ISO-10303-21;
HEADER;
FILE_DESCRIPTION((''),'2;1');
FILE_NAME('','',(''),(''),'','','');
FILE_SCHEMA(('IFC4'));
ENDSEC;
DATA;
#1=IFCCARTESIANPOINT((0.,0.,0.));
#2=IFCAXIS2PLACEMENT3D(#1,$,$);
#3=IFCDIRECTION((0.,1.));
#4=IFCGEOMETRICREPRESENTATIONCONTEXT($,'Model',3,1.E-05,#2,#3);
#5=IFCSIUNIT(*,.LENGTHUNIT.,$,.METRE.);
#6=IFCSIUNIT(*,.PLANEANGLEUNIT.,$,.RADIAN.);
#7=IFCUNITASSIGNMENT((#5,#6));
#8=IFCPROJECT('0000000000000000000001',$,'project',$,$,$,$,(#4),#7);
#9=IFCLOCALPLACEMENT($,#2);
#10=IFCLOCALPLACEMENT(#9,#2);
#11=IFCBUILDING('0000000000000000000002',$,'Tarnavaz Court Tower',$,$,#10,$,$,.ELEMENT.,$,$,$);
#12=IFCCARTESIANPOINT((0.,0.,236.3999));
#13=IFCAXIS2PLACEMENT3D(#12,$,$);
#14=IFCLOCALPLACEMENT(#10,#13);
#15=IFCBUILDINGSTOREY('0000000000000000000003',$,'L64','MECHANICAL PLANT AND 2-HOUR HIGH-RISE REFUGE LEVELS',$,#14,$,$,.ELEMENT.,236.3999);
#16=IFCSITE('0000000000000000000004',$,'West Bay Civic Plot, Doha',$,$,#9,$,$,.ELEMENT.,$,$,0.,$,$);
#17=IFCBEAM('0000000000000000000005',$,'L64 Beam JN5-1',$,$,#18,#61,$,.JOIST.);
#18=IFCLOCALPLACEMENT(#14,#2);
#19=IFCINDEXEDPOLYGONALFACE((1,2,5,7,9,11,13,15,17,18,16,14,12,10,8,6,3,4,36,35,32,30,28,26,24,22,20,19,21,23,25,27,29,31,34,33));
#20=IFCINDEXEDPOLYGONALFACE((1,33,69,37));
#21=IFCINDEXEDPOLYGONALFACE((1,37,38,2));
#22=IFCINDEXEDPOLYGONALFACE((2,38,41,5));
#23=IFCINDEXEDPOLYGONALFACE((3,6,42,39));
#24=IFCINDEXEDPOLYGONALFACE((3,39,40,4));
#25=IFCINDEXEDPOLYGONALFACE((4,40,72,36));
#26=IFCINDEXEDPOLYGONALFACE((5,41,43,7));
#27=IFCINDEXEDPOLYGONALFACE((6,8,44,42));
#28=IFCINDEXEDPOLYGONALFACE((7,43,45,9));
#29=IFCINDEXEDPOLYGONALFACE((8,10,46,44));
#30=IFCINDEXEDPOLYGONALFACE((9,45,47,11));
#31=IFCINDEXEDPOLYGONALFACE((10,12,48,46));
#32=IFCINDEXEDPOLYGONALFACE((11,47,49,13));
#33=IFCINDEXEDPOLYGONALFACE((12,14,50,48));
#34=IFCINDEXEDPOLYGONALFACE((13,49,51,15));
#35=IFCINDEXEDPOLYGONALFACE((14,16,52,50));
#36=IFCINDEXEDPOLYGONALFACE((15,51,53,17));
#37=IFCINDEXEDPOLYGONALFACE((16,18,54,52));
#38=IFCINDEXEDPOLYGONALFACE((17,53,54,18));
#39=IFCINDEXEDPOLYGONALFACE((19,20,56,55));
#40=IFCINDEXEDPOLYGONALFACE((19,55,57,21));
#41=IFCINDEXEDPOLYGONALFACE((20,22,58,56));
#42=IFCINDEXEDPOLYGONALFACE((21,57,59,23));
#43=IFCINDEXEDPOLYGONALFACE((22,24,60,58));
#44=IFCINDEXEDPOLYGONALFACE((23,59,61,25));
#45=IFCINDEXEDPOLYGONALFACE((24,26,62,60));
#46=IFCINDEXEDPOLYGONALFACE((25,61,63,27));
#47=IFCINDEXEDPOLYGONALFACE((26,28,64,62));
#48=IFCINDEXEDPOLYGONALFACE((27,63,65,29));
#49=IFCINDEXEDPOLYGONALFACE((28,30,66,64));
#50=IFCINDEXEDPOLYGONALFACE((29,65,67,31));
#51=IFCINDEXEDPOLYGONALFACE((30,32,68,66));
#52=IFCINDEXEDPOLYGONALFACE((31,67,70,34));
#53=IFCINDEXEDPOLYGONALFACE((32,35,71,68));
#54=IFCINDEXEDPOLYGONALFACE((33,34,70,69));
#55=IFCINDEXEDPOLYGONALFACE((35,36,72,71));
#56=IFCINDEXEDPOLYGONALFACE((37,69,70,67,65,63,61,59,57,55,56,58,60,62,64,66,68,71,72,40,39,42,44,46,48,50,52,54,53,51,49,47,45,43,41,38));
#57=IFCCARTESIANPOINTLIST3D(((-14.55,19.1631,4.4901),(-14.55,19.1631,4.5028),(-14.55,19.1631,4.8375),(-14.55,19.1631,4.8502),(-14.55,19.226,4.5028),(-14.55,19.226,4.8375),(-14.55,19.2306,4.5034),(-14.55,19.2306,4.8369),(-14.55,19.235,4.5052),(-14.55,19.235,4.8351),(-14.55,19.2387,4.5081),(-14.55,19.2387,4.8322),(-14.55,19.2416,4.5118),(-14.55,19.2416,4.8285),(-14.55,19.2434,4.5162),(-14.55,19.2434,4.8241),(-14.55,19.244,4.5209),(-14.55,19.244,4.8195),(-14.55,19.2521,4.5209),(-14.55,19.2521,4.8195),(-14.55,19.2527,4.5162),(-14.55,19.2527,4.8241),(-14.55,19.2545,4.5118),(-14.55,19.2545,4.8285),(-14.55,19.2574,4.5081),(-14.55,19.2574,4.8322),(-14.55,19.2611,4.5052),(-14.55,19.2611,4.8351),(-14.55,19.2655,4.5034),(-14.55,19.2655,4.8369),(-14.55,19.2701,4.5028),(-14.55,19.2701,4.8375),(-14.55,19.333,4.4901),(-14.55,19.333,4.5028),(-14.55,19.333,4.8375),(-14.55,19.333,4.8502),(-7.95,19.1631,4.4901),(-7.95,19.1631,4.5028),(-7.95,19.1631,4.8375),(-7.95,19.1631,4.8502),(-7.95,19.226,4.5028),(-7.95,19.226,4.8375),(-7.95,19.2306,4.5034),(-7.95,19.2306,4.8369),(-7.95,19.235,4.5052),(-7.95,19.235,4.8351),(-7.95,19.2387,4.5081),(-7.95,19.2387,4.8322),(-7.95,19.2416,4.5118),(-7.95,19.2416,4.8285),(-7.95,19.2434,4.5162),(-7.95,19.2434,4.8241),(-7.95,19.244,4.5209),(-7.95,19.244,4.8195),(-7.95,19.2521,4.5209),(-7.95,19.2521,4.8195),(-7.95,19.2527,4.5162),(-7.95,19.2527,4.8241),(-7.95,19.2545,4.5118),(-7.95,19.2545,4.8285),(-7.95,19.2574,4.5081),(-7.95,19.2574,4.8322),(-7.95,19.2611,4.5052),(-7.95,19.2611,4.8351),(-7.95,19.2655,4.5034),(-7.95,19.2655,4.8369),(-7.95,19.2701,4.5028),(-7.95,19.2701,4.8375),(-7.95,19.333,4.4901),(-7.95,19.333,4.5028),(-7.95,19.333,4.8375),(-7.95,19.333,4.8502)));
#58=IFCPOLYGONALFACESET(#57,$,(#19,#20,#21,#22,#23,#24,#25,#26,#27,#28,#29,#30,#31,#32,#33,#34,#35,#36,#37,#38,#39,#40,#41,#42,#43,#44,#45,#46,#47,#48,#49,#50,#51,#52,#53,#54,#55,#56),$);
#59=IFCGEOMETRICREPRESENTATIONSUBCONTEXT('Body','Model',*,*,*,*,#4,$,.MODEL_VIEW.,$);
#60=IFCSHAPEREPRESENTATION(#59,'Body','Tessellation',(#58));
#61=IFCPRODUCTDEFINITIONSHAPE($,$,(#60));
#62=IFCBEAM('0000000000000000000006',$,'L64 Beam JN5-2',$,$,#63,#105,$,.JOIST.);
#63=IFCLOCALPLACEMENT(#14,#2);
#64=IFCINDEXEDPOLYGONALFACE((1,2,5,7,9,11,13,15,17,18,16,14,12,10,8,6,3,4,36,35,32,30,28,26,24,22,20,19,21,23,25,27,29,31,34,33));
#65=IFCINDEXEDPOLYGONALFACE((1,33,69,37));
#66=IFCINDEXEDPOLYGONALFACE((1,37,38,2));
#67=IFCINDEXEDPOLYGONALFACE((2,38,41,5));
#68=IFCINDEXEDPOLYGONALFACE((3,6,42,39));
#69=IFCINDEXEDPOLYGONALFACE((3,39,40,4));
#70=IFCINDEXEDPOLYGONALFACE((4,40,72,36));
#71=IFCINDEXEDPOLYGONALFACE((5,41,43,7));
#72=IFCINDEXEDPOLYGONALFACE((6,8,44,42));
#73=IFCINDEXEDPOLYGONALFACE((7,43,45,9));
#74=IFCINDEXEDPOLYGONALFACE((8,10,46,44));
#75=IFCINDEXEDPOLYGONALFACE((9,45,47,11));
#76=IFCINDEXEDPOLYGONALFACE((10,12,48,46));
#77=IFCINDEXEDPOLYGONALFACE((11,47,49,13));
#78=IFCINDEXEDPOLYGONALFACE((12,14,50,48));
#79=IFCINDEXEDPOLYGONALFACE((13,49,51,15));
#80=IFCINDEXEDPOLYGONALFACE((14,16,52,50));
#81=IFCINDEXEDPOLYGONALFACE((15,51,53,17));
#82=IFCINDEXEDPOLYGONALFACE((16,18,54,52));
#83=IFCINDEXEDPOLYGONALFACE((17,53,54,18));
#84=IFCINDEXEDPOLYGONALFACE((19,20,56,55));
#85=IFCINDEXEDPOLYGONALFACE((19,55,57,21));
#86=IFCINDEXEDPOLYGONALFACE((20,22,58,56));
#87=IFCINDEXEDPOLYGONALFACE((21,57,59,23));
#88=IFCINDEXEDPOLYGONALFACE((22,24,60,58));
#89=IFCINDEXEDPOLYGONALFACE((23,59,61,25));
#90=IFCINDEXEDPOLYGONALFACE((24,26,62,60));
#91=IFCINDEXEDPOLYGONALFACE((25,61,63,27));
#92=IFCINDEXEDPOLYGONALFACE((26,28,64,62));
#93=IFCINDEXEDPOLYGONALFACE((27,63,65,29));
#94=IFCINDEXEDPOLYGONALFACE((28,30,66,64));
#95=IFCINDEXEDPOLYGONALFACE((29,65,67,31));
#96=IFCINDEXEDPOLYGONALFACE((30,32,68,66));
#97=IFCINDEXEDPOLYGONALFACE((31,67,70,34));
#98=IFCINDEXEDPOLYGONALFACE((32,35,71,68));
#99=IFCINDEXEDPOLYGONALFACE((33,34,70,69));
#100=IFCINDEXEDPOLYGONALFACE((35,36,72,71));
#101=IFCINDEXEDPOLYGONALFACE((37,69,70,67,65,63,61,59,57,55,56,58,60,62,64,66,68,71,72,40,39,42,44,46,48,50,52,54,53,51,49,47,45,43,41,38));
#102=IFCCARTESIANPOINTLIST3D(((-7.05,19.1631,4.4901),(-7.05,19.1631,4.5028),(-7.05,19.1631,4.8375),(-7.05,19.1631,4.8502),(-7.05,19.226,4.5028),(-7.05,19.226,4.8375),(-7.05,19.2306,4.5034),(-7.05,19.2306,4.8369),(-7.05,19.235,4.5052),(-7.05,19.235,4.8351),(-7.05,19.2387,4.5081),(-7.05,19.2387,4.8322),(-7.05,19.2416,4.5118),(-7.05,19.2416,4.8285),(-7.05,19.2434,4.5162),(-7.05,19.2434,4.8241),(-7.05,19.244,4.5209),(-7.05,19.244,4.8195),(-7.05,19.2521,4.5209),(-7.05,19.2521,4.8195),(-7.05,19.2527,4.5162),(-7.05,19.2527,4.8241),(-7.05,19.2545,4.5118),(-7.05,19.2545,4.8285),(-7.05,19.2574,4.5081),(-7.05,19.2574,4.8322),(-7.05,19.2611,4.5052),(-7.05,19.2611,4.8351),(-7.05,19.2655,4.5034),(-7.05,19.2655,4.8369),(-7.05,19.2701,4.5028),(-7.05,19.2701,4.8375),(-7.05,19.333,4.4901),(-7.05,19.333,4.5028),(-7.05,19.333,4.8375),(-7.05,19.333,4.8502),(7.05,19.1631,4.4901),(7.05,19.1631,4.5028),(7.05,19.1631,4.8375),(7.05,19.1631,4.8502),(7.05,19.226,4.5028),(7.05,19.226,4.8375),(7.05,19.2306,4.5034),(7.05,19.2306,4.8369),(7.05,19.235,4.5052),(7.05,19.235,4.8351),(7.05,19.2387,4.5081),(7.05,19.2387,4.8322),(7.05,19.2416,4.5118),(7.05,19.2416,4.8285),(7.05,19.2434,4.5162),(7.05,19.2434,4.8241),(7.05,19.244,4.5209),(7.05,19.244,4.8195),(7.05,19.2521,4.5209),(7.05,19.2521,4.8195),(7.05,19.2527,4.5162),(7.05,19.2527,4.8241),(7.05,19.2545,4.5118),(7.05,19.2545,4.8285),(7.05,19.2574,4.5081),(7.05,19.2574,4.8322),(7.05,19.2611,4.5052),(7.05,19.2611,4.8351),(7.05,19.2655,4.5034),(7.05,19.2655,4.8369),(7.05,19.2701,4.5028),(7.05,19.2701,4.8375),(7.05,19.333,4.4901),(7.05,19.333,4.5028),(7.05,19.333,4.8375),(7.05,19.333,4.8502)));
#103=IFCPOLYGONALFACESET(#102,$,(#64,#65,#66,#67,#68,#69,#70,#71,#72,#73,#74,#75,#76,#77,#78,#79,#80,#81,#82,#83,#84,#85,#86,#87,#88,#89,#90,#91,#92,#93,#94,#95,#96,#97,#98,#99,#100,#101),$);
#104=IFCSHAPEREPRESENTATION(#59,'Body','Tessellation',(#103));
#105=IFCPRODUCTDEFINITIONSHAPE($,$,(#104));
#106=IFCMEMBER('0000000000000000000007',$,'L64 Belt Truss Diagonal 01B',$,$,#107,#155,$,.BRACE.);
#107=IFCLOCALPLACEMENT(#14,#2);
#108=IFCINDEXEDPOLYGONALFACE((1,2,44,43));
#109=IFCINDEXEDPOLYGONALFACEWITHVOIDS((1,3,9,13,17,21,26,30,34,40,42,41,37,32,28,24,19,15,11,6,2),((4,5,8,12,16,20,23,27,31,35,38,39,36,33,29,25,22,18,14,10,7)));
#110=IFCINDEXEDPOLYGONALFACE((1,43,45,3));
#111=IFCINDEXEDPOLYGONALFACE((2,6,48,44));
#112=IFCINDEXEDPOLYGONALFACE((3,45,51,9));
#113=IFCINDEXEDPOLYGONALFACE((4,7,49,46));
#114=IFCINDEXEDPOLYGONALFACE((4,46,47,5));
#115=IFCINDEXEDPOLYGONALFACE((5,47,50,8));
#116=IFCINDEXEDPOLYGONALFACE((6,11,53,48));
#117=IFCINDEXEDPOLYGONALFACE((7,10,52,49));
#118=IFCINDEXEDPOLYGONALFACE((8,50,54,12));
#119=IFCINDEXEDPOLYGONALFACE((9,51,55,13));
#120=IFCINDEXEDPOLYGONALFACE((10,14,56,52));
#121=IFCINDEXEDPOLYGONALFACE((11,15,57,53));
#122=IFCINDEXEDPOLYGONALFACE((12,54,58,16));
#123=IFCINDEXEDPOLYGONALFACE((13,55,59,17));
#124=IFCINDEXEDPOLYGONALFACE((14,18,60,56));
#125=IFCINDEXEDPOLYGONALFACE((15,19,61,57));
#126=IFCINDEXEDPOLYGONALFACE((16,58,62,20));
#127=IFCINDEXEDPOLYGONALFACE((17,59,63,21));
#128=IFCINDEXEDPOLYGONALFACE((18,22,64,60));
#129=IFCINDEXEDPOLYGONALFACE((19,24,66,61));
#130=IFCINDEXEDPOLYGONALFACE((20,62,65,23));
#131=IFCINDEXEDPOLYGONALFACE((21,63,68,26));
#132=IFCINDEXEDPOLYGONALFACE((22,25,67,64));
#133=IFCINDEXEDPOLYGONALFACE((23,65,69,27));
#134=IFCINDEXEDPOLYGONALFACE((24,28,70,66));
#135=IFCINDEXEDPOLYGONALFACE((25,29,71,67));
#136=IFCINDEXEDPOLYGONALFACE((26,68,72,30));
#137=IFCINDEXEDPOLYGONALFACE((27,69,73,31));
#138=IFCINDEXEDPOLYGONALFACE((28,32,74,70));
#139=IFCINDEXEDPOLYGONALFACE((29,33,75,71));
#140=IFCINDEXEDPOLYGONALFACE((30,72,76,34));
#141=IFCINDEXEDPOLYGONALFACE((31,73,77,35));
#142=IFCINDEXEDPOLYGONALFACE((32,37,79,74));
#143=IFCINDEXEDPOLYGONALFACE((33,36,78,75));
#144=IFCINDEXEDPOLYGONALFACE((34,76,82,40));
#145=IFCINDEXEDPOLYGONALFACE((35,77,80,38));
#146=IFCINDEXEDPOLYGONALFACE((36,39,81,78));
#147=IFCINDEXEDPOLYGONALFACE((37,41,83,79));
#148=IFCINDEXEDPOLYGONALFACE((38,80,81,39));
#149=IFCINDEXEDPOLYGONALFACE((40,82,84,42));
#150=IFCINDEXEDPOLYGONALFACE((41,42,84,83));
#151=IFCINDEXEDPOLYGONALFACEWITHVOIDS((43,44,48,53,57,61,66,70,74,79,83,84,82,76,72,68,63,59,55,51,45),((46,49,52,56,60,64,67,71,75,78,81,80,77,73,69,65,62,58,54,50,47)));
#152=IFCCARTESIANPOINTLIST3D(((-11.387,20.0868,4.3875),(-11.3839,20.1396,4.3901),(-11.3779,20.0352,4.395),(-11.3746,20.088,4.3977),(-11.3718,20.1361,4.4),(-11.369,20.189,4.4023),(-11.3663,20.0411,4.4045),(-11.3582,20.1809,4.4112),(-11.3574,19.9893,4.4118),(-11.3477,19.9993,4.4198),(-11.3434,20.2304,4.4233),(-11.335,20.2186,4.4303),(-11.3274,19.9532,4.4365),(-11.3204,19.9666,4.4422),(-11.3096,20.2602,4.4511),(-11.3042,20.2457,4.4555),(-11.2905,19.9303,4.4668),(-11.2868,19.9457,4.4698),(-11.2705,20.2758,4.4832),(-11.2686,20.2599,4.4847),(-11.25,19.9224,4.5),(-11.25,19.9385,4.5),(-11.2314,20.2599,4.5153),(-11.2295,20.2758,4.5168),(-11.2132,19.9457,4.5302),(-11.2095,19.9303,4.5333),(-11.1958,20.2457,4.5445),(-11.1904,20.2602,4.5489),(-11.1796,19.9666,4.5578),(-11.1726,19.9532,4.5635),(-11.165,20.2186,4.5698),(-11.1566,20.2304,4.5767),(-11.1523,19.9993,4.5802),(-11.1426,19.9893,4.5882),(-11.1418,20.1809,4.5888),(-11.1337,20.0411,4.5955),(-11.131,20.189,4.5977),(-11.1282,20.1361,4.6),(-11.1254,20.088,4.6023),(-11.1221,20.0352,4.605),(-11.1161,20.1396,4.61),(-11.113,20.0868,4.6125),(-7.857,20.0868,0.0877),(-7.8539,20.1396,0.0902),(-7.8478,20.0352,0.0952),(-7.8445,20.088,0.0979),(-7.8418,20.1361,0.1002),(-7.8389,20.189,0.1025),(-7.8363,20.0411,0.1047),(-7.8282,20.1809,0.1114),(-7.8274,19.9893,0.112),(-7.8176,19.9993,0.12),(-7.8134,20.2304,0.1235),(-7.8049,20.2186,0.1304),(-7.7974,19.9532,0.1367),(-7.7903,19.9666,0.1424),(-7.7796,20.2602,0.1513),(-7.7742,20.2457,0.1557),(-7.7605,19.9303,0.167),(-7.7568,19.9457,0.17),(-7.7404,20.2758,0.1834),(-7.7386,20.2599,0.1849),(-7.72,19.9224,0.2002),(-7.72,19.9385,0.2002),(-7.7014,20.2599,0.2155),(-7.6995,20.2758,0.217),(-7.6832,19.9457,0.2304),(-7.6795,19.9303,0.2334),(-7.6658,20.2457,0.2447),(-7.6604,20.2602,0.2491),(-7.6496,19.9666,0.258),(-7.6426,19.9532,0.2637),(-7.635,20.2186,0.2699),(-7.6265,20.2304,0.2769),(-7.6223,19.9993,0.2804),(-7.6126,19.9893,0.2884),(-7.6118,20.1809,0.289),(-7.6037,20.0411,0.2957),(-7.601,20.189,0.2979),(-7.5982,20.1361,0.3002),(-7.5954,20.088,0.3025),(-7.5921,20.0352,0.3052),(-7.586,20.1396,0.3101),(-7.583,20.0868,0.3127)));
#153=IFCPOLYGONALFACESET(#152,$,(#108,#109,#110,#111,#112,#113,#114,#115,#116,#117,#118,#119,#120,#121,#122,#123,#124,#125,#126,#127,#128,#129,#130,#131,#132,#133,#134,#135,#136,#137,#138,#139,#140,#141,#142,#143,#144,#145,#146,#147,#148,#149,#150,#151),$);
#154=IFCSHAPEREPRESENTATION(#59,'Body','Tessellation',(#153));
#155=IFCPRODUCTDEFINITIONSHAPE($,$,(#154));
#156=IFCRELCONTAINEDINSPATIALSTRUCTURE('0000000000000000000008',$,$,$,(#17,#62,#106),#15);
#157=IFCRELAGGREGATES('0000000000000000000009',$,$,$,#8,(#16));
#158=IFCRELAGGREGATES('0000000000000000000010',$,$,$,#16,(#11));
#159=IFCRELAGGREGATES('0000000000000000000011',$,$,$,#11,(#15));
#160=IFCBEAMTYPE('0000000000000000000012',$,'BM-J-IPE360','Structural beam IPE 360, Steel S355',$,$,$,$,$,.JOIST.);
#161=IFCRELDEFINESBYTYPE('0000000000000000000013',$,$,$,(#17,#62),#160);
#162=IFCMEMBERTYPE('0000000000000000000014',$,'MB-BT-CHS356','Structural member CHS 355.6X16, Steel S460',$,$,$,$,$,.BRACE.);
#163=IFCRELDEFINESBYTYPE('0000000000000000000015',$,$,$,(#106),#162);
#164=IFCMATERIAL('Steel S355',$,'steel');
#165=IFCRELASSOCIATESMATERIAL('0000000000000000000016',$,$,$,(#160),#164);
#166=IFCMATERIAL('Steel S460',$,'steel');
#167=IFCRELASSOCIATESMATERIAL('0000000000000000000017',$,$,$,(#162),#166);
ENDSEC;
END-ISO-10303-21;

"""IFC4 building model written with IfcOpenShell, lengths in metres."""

from ifc_helpers import new_model, si_unit, direction, frame, origin, origin_2d, place, context, subcontext, project, spatial, hollow_circle, i_section, extrude, material, material_profile, profile_set, type_object, element, save


model = new_model("IFC4")

# Units and contexts
model_context = context("Model", 3, precision=1e-05, world=origin(), true_north=direction((0.0, 1.0)))
body_context = subcontext(model_context, "Body", "Model", "MODEL_VIEW")
ifc_project = project(units=[si_unit("LENGTHUNIT", "METRE"), si_unit("PLANEANGLEUNIT", "RADIAN")], contexts=[model_context])

# Site, building, storey
site_placement = place(None, origin())
site = spatial("IfcSite", under=ifc_project, at=site_placement, Name="West Bay Civic Plot, Doha", CompositionType="ELEMENT", RefElevation=0.0)
building_placement = place(site_placement, origin())
building = spatial("IfcBuilding", under=site, at=building_placement, Name="Tarnavaz Court Tower", CompositionType="ELEMENT")
storey_placement = place(building_placement, frame((0.0, 0.0, 236.3999)))
storey = spatial("IfcBuildingStorey", under=building, at=storey_placement, Name="L64", Description="MECHANICAL PLANT AND 2-HOUR HIGH-RISE REFUGE LEVELS", CompositionType="ELEMENT", Elevation=236.3999)

# Shared definitions
ifc_material_1 = material(Name="Steel S460", Category="steel")

# Beams
ifc_material_2 = material(Name="Steel S355", Category="steel")
ifc_material_profile_1 = material_profile(ifc_material_2, i_section(OverallWidth=0.1699, OverallDepth=0.3601, WebThickness=0.0081, FlangeThickness=0.0127, FilletRadius=0.0181, at=origin_2d()), Name="IPE 360")
ifc_profile_set_1 = profile_set([ifc_material_profile_1], Name="Steel S355")
beam_type_1 = type_object("IfcBeamType", Name="BM-J-IPE360", Description="Structural beam IPE 360, Steel S355", PredefinedType="JOIST", material=ifc_profile_set_1)
beam_1_placement = place(storey_placement, frame((-14.55, 19.248, 4.6702), z_axis=(1.0, 0.0, 0.0), x_axis=(0.0, 1.0, 0.0)))
element("IfcBeam", 1, at=beam_1_placement, inside=storey, type_object=beam_type_1, Name="L64 Beam JN5-1", PredefinedType="JOIST", context=body_context, shape_type="SweptSolid", body=[
    extrude(i_section(OverallWidth=0.1699, OverallDepth=0.3601, WebThickness=0.0081, FlangeThickness=0.0127, FilletRadius=0.0181, at=origin_2d()), origin(), (0.0, 0.0, 1.0), 6.6001),
])
beam_2_placement = place(storey_placement, frame((-7.05, 19.248, 4.6702), z_axis=(1.0, 0.0, 0.0), x_axis=(0.0, 1.0, 0.0)))
element("IfcBeam", 2, at=beam_2_placement, inside=storey, type_object=beam_type_1, Name="L64 Beam JN5-2", PredefinedType="JOIST", context=body_context, shape_type="SweptSolid", body=[
    extrude(i_section(OverallWidth=0.1699, OverallDepth=0.3601, WebThickness=0.0081, FlangeThickness=0.0127, FilletRadius=0.0181, at=origin_2d()), origin(), (0.0, 0.0, 1.0), 14.1001),
])

# Member
ifc_material_profile_2 = material_profile(ifc_material_1, hollow_circle(Radius=0.1777, WallThickness=0.0161, at=origin_2d()), Name="CHS 355.6X16")
ifc_profile_set_2 = profile_set([ifc_material_profile_2], Name="Steel S460")
member_type_1 = type_object("IfcMemberType", Name="MB-BT-CHS356", Description="Structural member CHS 355.6X16, Steel S460", PredefinedType="BRACE", material=ifc_profile_set_2)
member_1_placement = place(storey_placement, frame((-7.72, 20.1001, 0.2002), z_axis=(-0.63453, 0.0, 0.772898), x_axis=(0.0, -1.0, 0.0)))
element("IfcMember", 3, at=member_1_placement, inside=storey, type_object=member_type_1, Name="L64 Belt Truss Diagonal 01B", PredefinedType="BRACE", context=body_context, shape_type="SweptSolid", body=[
    extrude(hollow_circle(Radius=0.1777, WallThickness=0.0161, at=origin_2d()), origin(), (0.0, 0.0, 1.0), 5.5632),
])

save(model, "model.ifc")
